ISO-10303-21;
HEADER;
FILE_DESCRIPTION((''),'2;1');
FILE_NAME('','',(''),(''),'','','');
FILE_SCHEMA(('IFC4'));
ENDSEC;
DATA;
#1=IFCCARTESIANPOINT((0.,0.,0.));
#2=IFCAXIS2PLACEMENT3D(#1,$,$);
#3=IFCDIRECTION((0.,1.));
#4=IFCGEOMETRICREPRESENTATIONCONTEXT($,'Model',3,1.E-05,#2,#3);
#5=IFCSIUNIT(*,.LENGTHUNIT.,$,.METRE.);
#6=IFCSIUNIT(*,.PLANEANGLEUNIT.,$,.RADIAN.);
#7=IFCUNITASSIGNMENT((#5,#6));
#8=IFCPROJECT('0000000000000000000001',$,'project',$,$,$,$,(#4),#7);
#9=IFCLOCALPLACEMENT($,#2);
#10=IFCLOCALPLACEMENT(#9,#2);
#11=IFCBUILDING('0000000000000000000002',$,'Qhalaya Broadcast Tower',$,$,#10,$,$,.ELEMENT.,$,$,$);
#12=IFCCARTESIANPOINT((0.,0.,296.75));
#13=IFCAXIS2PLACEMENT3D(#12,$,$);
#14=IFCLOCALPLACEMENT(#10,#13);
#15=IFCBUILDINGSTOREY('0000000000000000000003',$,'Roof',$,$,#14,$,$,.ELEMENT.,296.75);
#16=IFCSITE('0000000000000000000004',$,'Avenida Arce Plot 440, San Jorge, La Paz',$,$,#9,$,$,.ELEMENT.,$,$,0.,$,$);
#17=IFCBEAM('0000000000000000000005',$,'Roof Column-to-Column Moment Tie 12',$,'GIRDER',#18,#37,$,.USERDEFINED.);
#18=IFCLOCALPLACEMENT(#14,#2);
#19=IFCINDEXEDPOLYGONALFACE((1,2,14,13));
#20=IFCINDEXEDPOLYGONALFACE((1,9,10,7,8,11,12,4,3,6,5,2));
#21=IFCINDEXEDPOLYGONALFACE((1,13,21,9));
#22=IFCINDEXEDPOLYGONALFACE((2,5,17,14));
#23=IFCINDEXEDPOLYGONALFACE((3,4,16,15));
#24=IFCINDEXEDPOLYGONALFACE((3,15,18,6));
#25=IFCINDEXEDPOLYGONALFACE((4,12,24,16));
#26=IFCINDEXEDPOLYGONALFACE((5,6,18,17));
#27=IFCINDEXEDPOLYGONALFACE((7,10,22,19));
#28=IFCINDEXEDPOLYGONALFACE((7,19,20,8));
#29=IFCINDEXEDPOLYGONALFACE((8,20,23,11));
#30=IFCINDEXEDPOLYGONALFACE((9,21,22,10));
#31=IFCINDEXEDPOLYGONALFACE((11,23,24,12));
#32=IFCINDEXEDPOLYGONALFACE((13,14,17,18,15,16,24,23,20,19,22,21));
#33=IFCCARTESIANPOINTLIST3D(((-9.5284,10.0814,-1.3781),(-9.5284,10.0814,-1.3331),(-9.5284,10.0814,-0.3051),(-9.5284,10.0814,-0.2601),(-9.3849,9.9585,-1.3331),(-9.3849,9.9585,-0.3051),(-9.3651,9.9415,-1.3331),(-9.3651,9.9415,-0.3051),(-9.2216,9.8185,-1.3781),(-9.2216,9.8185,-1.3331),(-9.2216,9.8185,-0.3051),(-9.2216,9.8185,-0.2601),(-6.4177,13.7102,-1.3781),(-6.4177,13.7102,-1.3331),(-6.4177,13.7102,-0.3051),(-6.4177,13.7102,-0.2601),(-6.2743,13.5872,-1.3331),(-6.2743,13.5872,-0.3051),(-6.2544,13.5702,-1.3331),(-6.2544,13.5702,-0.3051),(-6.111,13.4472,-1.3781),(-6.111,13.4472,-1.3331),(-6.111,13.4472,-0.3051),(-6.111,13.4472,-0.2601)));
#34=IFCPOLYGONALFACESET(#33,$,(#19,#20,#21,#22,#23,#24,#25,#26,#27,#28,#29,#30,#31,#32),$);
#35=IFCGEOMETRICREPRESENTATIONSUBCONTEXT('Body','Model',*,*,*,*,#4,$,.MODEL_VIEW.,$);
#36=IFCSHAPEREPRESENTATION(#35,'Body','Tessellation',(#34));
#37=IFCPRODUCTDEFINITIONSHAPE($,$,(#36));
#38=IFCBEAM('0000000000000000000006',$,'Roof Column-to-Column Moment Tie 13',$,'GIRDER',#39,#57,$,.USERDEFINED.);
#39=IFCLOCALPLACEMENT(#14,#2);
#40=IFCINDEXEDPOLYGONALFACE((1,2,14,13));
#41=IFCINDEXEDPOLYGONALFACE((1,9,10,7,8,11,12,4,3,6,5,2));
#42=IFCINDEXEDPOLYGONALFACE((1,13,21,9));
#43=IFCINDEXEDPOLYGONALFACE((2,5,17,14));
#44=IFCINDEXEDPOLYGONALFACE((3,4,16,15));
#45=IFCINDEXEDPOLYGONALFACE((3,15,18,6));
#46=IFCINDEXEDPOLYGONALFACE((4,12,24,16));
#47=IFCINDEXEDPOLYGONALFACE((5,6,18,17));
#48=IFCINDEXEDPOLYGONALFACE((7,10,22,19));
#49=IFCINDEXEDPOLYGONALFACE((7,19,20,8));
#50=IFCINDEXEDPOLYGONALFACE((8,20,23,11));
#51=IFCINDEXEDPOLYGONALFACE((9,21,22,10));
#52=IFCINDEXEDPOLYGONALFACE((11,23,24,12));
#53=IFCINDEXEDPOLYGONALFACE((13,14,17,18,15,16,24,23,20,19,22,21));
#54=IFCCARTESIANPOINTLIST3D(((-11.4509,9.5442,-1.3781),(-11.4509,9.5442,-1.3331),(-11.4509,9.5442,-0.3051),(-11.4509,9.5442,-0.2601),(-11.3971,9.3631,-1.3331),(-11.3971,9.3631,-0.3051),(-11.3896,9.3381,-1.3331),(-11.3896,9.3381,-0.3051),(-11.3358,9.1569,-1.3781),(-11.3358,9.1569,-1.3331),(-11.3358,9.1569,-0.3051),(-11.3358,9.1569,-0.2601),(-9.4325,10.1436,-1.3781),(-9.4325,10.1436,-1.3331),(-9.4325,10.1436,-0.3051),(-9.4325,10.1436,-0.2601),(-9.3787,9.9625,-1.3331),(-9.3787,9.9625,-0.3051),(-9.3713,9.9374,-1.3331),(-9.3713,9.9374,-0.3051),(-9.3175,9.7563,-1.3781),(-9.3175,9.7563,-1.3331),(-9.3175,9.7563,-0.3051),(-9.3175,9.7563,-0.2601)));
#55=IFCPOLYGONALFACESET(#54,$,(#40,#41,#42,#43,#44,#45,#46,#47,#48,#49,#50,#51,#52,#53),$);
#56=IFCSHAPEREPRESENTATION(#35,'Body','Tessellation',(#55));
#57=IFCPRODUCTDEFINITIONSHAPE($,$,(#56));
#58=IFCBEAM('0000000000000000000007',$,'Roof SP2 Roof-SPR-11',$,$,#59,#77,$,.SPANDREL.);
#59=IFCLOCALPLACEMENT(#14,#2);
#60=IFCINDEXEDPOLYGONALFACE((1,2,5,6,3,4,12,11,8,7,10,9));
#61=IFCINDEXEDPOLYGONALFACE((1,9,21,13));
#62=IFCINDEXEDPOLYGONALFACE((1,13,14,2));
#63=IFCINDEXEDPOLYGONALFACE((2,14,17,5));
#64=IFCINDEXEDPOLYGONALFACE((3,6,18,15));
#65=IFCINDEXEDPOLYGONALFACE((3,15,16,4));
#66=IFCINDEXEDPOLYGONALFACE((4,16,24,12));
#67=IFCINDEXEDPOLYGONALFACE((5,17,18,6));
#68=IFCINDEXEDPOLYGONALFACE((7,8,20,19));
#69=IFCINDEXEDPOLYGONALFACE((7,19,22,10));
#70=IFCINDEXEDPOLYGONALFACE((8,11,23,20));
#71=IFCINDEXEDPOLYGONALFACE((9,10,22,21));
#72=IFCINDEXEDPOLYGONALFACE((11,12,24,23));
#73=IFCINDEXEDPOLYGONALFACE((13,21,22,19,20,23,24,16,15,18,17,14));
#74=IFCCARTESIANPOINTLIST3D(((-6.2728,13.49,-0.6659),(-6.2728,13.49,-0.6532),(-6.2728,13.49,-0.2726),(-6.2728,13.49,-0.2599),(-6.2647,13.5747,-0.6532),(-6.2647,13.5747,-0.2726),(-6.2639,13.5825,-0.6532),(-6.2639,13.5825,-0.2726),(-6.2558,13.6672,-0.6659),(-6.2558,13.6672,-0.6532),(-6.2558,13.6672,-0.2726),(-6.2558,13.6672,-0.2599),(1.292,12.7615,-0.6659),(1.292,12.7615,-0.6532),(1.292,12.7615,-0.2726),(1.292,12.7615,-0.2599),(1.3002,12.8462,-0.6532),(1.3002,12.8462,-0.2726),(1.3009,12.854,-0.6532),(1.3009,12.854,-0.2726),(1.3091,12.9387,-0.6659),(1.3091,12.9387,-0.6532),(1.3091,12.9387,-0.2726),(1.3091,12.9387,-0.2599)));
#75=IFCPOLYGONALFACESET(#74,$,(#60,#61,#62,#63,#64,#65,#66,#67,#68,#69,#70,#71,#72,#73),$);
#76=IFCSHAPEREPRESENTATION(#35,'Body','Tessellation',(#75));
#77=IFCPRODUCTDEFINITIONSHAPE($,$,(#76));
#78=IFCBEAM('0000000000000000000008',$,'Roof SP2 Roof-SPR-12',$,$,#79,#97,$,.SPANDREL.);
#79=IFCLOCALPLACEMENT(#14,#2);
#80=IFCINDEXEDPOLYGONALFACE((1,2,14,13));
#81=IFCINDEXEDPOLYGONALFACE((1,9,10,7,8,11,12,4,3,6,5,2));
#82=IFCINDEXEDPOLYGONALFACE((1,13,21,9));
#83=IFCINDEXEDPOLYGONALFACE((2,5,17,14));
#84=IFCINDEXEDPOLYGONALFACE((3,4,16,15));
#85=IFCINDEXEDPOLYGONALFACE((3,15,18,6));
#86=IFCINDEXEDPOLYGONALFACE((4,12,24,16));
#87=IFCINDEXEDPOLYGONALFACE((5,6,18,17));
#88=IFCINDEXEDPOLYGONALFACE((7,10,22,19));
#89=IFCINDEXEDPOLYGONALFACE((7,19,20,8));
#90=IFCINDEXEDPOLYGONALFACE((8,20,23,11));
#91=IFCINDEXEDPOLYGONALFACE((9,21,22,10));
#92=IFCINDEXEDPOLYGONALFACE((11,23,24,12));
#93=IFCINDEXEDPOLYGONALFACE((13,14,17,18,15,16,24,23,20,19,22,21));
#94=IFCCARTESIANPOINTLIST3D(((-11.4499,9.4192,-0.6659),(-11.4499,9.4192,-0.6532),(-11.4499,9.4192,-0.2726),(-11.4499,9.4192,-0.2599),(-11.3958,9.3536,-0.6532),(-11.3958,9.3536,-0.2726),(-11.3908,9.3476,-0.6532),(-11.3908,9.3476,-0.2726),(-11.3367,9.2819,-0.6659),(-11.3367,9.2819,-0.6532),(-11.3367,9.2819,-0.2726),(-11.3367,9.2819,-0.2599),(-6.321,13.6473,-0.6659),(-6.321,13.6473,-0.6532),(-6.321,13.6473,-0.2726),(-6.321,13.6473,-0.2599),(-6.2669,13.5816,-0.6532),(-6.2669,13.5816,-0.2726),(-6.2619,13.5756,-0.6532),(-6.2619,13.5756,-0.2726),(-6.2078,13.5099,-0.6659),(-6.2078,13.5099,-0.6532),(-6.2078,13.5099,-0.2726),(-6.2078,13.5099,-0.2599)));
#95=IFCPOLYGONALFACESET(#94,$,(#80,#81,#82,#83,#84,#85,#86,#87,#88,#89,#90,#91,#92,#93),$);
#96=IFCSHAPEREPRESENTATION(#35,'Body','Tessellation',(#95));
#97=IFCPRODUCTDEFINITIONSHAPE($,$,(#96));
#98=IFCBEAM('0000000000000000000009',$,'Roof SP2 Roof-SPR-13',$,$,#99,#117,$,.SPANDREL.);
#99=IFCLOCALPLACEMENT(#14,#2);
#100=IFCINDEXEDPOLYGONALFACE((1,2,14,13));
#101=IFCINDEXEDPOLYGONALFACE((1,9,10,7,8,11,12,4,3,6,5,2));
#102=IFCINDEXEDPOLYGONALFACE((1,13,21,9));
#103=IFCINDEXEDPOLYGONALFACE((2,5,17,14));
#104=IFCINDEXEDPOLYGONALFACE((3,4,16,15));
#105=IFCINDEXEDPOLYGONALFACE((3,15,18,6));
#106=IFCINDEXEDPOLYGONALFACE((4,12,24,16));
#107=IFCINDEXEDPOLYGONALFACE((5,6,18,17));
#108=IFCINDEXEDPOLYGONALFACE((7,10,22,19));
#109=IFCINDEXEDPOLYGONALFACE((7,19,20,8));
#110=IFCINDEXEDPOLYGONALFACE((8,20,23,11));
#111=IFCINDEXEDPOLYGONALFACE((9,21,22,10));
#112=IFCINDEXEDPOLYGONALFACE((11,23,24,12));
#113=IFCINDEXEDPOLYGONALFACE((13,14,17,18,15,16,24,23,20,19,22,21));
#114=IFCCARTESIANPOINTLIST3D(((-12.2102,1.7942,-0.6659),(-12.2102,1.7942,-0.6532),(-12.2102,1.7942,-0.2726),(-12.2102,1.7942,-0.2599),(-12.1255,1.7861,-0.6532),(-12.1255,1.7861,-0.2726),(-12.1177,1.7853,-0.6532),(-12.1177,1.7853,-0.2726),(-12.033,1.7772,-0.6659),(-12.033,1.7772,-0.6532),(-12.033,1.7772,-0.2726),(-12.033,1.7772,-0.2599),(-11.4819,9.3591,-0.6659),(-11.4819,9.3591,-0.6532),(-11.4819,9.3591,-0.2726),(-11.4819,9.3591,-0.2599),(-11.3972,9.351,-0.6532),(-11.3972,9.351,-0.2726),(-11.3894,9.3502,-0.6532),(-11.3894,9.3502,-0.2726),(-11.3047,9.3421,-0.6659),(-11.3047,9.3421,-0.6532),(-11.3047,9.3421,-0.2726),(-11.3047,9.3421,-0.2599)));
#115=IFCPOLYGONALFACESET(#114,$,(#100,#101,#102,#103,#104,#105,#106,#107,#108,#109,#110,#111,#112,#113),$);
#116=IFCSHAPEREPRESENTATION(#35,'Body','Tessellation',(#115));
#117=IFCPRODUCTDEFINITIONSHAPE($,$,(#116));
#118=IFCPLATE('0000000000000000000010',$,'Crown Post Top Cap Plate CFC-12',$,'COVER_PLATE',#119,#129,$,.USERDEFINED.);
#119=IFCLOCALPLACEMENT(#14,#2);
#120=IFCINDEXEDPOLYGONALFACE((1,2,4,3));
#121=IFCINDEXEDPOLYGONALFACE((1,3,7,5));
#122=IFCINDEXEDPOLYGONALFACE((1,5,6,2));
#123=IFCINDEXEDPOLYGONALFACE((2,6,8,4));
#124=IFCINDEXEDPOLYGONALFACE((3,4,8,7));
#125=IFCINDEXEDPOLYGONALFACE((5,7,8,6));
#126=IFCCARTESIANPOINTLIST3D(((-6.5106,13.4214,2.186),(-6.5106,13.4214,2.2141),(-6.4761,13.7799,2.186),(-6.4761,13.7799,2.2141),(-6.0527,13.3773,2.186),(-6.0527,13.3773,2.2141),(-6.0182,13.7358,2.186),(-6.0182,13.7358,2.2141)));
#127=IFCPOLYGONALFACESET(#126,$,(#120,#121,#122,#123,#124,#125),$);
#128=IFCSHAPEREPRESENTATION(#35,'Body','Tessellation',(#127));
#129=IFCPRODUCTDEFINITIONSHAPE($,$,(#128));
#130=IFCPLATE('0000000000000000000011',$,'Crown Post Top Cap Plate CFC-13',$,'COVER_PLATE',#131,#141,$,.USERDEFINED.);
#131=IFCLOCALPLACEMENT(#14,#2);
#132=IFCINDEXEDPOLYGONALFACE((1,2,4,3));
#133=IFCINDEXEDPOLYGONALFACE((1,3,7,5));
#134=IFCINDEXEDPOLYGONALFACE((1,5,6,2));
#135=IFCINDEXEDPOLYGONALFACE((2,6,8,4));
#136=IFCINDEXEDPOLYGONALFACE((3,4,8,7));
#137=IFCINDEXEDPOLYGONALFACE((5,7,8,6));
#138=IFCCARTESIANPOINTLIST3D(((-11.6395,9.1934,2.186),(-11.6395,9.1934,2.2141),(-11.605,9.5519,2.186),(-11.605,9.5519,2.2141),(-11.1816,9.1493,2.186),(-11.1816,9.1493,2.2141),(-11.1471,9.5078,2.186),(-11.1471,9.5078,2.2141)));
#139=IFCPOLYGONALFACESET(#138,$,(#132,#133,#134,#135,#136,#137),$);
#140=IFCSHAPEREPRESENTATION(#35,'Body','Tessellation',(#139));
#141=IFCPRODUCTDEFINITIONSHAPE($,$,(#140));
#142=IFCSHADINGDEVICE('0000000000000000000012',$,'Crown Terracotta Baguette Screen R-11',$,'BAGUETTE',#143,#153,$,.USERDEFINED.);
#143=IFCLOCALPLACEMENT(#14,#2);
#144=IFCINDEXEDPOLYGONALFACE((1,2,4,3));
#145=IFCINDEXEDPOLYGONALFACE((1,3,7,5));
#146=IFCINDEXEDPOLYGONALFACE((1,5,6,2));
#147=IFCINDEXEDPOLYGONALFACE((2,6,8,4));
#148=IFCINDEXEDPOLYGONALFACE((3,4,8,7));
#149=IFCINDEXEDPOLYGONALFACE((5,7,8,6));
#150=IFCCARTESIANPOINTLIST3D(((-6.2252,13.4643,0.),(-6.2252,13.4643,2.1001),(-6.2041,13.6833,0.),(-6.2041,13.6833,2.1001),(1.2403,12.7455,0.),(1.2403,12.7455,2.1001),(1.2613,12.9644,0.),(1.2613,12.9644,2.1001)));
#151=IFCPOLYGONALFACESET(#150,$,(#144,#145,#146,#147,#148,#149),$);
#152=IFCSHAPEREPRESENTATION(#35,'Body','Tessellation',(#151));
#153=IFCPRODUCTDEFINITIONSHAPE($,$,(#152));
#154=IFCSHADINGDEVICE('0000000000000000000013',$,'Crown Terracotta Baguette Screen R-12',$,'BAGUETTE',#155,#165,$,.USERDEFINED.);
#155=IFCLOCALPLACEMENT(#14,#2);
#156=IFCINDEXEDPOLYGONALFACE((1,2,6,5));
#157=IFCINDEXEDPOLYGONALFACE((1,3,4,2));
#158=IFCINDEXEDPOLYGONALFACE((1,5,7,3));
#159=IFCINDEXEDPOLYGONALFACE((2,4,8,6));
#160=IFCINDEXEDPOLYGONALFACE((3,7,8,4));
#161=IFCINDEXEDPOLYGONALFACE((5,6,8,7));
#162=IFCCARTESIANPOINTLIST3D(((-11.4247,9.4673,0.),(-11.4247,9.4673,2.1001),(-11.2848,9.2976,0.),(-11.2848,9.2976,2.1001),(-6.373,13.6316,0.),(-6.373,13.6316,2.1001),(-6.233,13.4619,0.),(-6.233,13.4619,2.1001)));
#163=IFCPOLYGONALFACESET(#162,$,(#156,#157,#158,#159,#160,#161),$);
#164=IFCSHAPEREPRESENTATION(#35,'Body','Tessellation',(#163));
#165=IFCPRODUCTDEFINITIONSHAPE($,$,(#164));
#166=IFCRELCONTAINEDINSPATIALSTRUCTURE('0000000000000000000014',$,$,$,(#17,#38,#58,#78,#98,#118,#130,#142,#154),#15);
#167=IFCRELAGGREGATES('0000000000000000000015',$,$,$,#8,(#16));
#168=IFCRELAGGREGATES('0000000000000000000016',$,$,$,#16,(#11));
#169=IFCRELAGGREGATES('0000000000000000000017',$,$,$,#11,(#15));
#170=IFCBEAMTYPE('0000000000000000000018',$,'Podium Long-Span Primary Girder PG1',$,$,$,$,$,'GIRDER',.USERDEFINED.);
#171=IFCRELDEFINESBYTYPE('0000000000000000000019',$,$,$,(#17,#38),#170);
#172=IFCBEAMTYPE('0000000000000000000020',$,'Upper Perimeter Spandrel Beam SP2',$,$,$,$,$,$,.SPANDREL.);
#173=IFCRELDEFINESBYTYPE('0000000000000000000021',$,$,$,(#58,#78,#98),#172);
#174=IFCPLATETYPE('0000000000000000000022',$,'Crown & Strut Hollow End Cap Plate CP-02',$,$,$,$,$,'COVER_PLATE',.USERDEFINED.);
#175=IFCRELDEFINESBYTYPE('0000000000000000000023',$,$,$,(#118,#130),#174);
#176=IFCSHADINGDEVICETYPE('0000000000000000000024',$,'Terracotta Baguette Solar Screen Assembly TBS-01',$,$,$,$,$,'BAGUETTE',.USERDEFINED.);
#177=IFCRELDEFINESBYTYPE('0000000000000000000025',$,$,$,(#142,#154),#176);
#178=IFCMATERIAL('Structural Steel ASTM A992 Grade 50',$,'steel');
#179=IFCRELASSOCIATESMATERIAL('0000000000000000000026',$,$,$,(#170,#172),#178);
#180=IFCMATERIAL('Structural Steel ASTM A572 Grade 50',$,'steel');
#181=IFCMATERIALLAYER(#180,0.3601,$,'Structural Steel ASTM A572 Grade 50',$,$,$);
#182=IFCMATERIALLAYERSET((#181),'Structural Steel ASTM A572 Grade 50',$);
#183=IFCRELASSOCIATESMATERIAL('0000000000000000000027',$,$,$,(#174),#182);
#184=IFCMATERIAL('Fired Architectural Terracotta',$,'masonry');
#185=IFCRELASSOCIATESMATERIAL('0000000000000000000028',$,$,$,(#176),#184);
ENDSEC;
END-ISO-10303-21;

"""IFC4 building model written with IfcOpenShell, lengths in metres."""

from ifc_helpers import new_model, si_unit, direction, frame, origin, origin_2d, place, context, subcontext, project, spatial, rectangle, i_section, extrude, material, layer, layer_set, material_profile, profile_set, type_object, element, save


model = new_model("IFC4")

# Units and contexts
model_context = context("Model", 3, precision=1e-05, world=origin(), true_north=direction((0.0, 1.0)))
body_context = subcontext(model_context, "Body", "Model", "MODEL_VIEW")
ifc_project = project(units=[si_unit("LENGTHUNIT", "METRE"), si_unit("PLANEANGLEUNIT", "RADIAN")], contexts=[model_context])

# Site, building, storey
site_placement = place(None, origin())
site = spatial("IfcSite", under=ifc_project, at=site_placement, Name="Avenida Arce Plot 440, San Jorge, La Paz", CompositionType="ELEMENT", RefElevation=0.0)
building_placement = place(site_placement, origin())
building = spatial("IfcBuilding", under=site, at=building_placement, Name="Qhalaya Broadcast Tower", CompositionType="ELEMENT")
storey_placement = place(building_placement, frame((0.0, 0.0, 296.75)))
storey = spatial("IfcBuildingStorey", under=building, at=storey_placement, Name="Roof", CompositionType="ELEMENT", Elevation=296.75)

# Shared definitions
ifc_material_1 = material(Name="Structural Steel ASTM A992 Grade 50", Category="steel")

# Shared definitions
ifc_material_2 = material(Name="Structural Steel ASTM A572 Grade 50", Category="steel")

# Beams
ifc_material_profile_1 = material_profile(ifc_material_1, i_section(OverallWidth=0.4041, OverallDepth=1.1179, WebThickness=0.0261, FlangeThickness=0.0449, at=origin_2d()), Name="W44X335")
ifc_profile_set_1 = profile_set([ifc_material_profile_1], Name="Structural Steel ASTM A992 Grade 50")
beam_type_1 = type_object("IfcBeamType", Name="Podium Long-Span Primary Girder PG1", ElementType="GIRDER", PredefinedType="USERDEFINED", material=ifc_profile_set_1)
beam_1_placement = place(storey_placement, frame((-9.375, 9.95, -0.8191), z_axis=(0.650829, 0.759224, 0.0), x_axis=(-0.759224, 0.650829, 0.0)))
element("IfcBeam", 1, at=beam_1_placement, inside=storey, type_object=beam_type_1, Name="Roof Column-to-Column Moment Tie 12", ObjectType="GIRDER", PredefinedType="USERDEFINED", context=body_context, shape_type="SweptSolid", body=[
    extrude(i_section(OverallWidth=0.4041, OverallDepth=1.1179, WebThickness=0.0261, FlangeThickness=0.0449, at=origin_2d()), origin(), (0.0, 0.0, 1.0), 4.7795),
])
beam_2_placement = place(storey_placement, frame((-9.375, 9.95, -0.8191), z_axis=(-0.958624, -0.284677, 0.0), x_axis=(0.284677, -0.958624, 0.0)))
element("IfcBeam", 2, at=beam_2_placement, inside=storey, type_object=beam_type_1, Name="Roof Column-to-Column Moment Tie 13", ObjectType="GIRDER", PredefinedType="USERDEFINED", context=body_context, shape_type="SweptSolid", body=[
    extrude(i_section(OverallWidth=0.4041, OverallDepth=1.1179, WebThickness=0.0261, FlangeThickness=0.0449, at=origin_2d()), origin(), (0.0, 0.0, 1.0), 2.1055),
])
ifc_material_profile_2 = material_profile(ifc_material_1, i_section(OverallWidth=0.178, OverallDepth=0.406, WebThickness=0.0078, FlangeThickness=0.0127, at=origin_2d()), Name="W16X40")
ifc_profile_set_2 = profile_set([ifc_material_profile_2], Name="Structural Steel ASTM A992 Grade 50")
beam_type_2 = type_object("IfcBeamType", Name="Upper Perimeter Spandrel Beam SP2", PredefinedType="SPANDREL", material=ifc_profile_set_2)
beam_3_placement = place(storey_placement, frame((1.3005, 12.8501, -0.4629), z_axis=(-0.995395, 0.095858, 0.0), x_axis=(-0.095858, -0.995395, 0.0)))
element("IfcBeam", 3, at=beam_3_placement, inside=storey, type_object=beam_type_2, Name="Roof SP2 Roof-SPR-11", PredefinedType="SPANDREL", context=body_context, shape_type="SweptSolid", body=[
    extrude(i_section(OverallWidth=0.178, OverallDepth=0.406, WebThickness=0.0078, FlangeThickness=0.0127, at=origin_2d()), origin(), (0.0, 0.0, 1.0), 7.5999),
])
beam_4_placement = place(storey_placement, frame((-6.2644, 13.5786, -0.4629), z_axis=(-0.771618, -0.636086, 0.0), x_axis=(0.636086, -0.771618, 0.0)))
element("IfcBeam", 4, at=beam_4_placement, inside=storey, type_object=beam_type_2, Name="Roof SP2 Roof-SPR-12", PredefinedType="SPANDREL", context=body_context, shape_type="SweptSolid", body=[
    extrude(i_section(OverallWidth=0.178, OverallDepth=0.406, WebThickness=0.0078, FlangeThickness=0.0127, at=origin_2d()), origin(), (0.0, 0.0, 1.0), 6.647),
])
beam_5_placement = place(storey_placement, frame((-11.3933, 9.3506, -0.4629), z_axis=(-0.095826, -0.995398, 0.0), x_axis=(0.995398, -0.095826, 0.0)))
element("IfcBeam", 5, at=beam_5_placement, inside=storey, type_object=beam_type_2, Name="Roof SP2 Roof-SPR-13", PredefinedType="SPANDREL", context=body_context, shape_type="SweptSolid", body=[
    extrude(i_section(OverallWidth=0.178, OverallDepth=0.406, WebThickness=0.0078, FlangeThickness=0.0127, at=origin_2d()), origin(), (0.0, 0.0, 1.0), 7.5999),
])

# Plates
ifc_layer = layer(ifc_material_2, 0.3601, Name="Structural Steel ASTM A572 Grade 50")
ifc_layer_set = layer_set([ifc_layer], Name="Structural Steel ASTM A572 Grade 50")
plate_type = type_object("IfcPlateType", Name="Crown & Strut Hollow End Cap Plate CP-02", ElementType="COVER_PLATE", PredefinedType="USERDEFINED", material=ifc_layer_set)
for number, where, z_axis, x_axis, name in (
    (6, (-6.2644, 13.5786, 2.186), (0.0, 0.0, 1.0), (0.995396, -0.095846, 0.0), "Crown Post Top Cap Plate CFC-12"),
    (7, (-11.3933, 9.3506, 2.186), (0.0, 0.0, 1.0), (0.995396, -0.095846, 0.0), "Crown Post Top Cap Plate CFC-13"),
):
    element("IfcPlate", number, at=place(storey_placement, frame(where, z_axis=z_axis, x_axis=x_axis)), inside=storey, type_object=plate_type, Name=name, ObjectType="COVER_PLATE", PredefinedType="USERDEFINED", context=body_context, shape_type="SweptSolid", body=[
        extrude(rectangle(XDim=0.46, YDim=0.3601, at=origin_2d()), origin(), (0.0, 0.0, 1.0), 0.0281),
    ])

# Shading devices
ifc_material_3 = material(Name="Fired Architectural Terracotta", Category="masonry")
shading_device_type = type_object("IfcShadingDeviceType", Name="Terracotta Baguette Solar Screen Assembly TBS-01", ElementType="BAGUETTE", PredefinedType="USERDEFINED", material=ifc_material_3)
shading_device_1_placement = place(storey_placement, frame((-2.4819, 13.2144, 0.0), z_axis=(0.0, 0.0, 1.0), x_axis=(-0.995396, 0.095846, 0.0)))
element("IfcShadingDevice", 8, at=shading_device_1_placement, inside=storey, type_object=shading_device_type, Name="Crown Terracotta Baguette Screen R-11", ObjectType="BAGUETTE", PredefinedType="USERDEFINED", context=body_context, shape_type="SweptSolid", body=[
    extrude(rectangle(XDim=7.5, YDim=0.22, at=origin_2d()), origin(), (0.0, 0.0, 1.0), 2.1001),
])
shading_device_2_placement = place(storey_placement, frame((-8.8289, 11.4646, 0.0), z_axis=(0.0, 0.0, 1.0), x_axis=(-0.771625, -0.636078, 0.0)))
element("IfcShadingDevice", 9, at=shading_device_2_placement, inside=storey, type_object=shading_device_type, Name="Crown Terracotta Baguette Screen R-12", ObjectType="BAGUETTE", PredefinedType="USERDEFINED", context=body_context, shape_type="SweptSolid", body=[
    extrude(rectangle(XDim=6.5469, YDim=0.22, at=origin_2d()), origin(), (0.0, 0.0, 1.0), 2.1001),
])

save(model, "model.ifc")
